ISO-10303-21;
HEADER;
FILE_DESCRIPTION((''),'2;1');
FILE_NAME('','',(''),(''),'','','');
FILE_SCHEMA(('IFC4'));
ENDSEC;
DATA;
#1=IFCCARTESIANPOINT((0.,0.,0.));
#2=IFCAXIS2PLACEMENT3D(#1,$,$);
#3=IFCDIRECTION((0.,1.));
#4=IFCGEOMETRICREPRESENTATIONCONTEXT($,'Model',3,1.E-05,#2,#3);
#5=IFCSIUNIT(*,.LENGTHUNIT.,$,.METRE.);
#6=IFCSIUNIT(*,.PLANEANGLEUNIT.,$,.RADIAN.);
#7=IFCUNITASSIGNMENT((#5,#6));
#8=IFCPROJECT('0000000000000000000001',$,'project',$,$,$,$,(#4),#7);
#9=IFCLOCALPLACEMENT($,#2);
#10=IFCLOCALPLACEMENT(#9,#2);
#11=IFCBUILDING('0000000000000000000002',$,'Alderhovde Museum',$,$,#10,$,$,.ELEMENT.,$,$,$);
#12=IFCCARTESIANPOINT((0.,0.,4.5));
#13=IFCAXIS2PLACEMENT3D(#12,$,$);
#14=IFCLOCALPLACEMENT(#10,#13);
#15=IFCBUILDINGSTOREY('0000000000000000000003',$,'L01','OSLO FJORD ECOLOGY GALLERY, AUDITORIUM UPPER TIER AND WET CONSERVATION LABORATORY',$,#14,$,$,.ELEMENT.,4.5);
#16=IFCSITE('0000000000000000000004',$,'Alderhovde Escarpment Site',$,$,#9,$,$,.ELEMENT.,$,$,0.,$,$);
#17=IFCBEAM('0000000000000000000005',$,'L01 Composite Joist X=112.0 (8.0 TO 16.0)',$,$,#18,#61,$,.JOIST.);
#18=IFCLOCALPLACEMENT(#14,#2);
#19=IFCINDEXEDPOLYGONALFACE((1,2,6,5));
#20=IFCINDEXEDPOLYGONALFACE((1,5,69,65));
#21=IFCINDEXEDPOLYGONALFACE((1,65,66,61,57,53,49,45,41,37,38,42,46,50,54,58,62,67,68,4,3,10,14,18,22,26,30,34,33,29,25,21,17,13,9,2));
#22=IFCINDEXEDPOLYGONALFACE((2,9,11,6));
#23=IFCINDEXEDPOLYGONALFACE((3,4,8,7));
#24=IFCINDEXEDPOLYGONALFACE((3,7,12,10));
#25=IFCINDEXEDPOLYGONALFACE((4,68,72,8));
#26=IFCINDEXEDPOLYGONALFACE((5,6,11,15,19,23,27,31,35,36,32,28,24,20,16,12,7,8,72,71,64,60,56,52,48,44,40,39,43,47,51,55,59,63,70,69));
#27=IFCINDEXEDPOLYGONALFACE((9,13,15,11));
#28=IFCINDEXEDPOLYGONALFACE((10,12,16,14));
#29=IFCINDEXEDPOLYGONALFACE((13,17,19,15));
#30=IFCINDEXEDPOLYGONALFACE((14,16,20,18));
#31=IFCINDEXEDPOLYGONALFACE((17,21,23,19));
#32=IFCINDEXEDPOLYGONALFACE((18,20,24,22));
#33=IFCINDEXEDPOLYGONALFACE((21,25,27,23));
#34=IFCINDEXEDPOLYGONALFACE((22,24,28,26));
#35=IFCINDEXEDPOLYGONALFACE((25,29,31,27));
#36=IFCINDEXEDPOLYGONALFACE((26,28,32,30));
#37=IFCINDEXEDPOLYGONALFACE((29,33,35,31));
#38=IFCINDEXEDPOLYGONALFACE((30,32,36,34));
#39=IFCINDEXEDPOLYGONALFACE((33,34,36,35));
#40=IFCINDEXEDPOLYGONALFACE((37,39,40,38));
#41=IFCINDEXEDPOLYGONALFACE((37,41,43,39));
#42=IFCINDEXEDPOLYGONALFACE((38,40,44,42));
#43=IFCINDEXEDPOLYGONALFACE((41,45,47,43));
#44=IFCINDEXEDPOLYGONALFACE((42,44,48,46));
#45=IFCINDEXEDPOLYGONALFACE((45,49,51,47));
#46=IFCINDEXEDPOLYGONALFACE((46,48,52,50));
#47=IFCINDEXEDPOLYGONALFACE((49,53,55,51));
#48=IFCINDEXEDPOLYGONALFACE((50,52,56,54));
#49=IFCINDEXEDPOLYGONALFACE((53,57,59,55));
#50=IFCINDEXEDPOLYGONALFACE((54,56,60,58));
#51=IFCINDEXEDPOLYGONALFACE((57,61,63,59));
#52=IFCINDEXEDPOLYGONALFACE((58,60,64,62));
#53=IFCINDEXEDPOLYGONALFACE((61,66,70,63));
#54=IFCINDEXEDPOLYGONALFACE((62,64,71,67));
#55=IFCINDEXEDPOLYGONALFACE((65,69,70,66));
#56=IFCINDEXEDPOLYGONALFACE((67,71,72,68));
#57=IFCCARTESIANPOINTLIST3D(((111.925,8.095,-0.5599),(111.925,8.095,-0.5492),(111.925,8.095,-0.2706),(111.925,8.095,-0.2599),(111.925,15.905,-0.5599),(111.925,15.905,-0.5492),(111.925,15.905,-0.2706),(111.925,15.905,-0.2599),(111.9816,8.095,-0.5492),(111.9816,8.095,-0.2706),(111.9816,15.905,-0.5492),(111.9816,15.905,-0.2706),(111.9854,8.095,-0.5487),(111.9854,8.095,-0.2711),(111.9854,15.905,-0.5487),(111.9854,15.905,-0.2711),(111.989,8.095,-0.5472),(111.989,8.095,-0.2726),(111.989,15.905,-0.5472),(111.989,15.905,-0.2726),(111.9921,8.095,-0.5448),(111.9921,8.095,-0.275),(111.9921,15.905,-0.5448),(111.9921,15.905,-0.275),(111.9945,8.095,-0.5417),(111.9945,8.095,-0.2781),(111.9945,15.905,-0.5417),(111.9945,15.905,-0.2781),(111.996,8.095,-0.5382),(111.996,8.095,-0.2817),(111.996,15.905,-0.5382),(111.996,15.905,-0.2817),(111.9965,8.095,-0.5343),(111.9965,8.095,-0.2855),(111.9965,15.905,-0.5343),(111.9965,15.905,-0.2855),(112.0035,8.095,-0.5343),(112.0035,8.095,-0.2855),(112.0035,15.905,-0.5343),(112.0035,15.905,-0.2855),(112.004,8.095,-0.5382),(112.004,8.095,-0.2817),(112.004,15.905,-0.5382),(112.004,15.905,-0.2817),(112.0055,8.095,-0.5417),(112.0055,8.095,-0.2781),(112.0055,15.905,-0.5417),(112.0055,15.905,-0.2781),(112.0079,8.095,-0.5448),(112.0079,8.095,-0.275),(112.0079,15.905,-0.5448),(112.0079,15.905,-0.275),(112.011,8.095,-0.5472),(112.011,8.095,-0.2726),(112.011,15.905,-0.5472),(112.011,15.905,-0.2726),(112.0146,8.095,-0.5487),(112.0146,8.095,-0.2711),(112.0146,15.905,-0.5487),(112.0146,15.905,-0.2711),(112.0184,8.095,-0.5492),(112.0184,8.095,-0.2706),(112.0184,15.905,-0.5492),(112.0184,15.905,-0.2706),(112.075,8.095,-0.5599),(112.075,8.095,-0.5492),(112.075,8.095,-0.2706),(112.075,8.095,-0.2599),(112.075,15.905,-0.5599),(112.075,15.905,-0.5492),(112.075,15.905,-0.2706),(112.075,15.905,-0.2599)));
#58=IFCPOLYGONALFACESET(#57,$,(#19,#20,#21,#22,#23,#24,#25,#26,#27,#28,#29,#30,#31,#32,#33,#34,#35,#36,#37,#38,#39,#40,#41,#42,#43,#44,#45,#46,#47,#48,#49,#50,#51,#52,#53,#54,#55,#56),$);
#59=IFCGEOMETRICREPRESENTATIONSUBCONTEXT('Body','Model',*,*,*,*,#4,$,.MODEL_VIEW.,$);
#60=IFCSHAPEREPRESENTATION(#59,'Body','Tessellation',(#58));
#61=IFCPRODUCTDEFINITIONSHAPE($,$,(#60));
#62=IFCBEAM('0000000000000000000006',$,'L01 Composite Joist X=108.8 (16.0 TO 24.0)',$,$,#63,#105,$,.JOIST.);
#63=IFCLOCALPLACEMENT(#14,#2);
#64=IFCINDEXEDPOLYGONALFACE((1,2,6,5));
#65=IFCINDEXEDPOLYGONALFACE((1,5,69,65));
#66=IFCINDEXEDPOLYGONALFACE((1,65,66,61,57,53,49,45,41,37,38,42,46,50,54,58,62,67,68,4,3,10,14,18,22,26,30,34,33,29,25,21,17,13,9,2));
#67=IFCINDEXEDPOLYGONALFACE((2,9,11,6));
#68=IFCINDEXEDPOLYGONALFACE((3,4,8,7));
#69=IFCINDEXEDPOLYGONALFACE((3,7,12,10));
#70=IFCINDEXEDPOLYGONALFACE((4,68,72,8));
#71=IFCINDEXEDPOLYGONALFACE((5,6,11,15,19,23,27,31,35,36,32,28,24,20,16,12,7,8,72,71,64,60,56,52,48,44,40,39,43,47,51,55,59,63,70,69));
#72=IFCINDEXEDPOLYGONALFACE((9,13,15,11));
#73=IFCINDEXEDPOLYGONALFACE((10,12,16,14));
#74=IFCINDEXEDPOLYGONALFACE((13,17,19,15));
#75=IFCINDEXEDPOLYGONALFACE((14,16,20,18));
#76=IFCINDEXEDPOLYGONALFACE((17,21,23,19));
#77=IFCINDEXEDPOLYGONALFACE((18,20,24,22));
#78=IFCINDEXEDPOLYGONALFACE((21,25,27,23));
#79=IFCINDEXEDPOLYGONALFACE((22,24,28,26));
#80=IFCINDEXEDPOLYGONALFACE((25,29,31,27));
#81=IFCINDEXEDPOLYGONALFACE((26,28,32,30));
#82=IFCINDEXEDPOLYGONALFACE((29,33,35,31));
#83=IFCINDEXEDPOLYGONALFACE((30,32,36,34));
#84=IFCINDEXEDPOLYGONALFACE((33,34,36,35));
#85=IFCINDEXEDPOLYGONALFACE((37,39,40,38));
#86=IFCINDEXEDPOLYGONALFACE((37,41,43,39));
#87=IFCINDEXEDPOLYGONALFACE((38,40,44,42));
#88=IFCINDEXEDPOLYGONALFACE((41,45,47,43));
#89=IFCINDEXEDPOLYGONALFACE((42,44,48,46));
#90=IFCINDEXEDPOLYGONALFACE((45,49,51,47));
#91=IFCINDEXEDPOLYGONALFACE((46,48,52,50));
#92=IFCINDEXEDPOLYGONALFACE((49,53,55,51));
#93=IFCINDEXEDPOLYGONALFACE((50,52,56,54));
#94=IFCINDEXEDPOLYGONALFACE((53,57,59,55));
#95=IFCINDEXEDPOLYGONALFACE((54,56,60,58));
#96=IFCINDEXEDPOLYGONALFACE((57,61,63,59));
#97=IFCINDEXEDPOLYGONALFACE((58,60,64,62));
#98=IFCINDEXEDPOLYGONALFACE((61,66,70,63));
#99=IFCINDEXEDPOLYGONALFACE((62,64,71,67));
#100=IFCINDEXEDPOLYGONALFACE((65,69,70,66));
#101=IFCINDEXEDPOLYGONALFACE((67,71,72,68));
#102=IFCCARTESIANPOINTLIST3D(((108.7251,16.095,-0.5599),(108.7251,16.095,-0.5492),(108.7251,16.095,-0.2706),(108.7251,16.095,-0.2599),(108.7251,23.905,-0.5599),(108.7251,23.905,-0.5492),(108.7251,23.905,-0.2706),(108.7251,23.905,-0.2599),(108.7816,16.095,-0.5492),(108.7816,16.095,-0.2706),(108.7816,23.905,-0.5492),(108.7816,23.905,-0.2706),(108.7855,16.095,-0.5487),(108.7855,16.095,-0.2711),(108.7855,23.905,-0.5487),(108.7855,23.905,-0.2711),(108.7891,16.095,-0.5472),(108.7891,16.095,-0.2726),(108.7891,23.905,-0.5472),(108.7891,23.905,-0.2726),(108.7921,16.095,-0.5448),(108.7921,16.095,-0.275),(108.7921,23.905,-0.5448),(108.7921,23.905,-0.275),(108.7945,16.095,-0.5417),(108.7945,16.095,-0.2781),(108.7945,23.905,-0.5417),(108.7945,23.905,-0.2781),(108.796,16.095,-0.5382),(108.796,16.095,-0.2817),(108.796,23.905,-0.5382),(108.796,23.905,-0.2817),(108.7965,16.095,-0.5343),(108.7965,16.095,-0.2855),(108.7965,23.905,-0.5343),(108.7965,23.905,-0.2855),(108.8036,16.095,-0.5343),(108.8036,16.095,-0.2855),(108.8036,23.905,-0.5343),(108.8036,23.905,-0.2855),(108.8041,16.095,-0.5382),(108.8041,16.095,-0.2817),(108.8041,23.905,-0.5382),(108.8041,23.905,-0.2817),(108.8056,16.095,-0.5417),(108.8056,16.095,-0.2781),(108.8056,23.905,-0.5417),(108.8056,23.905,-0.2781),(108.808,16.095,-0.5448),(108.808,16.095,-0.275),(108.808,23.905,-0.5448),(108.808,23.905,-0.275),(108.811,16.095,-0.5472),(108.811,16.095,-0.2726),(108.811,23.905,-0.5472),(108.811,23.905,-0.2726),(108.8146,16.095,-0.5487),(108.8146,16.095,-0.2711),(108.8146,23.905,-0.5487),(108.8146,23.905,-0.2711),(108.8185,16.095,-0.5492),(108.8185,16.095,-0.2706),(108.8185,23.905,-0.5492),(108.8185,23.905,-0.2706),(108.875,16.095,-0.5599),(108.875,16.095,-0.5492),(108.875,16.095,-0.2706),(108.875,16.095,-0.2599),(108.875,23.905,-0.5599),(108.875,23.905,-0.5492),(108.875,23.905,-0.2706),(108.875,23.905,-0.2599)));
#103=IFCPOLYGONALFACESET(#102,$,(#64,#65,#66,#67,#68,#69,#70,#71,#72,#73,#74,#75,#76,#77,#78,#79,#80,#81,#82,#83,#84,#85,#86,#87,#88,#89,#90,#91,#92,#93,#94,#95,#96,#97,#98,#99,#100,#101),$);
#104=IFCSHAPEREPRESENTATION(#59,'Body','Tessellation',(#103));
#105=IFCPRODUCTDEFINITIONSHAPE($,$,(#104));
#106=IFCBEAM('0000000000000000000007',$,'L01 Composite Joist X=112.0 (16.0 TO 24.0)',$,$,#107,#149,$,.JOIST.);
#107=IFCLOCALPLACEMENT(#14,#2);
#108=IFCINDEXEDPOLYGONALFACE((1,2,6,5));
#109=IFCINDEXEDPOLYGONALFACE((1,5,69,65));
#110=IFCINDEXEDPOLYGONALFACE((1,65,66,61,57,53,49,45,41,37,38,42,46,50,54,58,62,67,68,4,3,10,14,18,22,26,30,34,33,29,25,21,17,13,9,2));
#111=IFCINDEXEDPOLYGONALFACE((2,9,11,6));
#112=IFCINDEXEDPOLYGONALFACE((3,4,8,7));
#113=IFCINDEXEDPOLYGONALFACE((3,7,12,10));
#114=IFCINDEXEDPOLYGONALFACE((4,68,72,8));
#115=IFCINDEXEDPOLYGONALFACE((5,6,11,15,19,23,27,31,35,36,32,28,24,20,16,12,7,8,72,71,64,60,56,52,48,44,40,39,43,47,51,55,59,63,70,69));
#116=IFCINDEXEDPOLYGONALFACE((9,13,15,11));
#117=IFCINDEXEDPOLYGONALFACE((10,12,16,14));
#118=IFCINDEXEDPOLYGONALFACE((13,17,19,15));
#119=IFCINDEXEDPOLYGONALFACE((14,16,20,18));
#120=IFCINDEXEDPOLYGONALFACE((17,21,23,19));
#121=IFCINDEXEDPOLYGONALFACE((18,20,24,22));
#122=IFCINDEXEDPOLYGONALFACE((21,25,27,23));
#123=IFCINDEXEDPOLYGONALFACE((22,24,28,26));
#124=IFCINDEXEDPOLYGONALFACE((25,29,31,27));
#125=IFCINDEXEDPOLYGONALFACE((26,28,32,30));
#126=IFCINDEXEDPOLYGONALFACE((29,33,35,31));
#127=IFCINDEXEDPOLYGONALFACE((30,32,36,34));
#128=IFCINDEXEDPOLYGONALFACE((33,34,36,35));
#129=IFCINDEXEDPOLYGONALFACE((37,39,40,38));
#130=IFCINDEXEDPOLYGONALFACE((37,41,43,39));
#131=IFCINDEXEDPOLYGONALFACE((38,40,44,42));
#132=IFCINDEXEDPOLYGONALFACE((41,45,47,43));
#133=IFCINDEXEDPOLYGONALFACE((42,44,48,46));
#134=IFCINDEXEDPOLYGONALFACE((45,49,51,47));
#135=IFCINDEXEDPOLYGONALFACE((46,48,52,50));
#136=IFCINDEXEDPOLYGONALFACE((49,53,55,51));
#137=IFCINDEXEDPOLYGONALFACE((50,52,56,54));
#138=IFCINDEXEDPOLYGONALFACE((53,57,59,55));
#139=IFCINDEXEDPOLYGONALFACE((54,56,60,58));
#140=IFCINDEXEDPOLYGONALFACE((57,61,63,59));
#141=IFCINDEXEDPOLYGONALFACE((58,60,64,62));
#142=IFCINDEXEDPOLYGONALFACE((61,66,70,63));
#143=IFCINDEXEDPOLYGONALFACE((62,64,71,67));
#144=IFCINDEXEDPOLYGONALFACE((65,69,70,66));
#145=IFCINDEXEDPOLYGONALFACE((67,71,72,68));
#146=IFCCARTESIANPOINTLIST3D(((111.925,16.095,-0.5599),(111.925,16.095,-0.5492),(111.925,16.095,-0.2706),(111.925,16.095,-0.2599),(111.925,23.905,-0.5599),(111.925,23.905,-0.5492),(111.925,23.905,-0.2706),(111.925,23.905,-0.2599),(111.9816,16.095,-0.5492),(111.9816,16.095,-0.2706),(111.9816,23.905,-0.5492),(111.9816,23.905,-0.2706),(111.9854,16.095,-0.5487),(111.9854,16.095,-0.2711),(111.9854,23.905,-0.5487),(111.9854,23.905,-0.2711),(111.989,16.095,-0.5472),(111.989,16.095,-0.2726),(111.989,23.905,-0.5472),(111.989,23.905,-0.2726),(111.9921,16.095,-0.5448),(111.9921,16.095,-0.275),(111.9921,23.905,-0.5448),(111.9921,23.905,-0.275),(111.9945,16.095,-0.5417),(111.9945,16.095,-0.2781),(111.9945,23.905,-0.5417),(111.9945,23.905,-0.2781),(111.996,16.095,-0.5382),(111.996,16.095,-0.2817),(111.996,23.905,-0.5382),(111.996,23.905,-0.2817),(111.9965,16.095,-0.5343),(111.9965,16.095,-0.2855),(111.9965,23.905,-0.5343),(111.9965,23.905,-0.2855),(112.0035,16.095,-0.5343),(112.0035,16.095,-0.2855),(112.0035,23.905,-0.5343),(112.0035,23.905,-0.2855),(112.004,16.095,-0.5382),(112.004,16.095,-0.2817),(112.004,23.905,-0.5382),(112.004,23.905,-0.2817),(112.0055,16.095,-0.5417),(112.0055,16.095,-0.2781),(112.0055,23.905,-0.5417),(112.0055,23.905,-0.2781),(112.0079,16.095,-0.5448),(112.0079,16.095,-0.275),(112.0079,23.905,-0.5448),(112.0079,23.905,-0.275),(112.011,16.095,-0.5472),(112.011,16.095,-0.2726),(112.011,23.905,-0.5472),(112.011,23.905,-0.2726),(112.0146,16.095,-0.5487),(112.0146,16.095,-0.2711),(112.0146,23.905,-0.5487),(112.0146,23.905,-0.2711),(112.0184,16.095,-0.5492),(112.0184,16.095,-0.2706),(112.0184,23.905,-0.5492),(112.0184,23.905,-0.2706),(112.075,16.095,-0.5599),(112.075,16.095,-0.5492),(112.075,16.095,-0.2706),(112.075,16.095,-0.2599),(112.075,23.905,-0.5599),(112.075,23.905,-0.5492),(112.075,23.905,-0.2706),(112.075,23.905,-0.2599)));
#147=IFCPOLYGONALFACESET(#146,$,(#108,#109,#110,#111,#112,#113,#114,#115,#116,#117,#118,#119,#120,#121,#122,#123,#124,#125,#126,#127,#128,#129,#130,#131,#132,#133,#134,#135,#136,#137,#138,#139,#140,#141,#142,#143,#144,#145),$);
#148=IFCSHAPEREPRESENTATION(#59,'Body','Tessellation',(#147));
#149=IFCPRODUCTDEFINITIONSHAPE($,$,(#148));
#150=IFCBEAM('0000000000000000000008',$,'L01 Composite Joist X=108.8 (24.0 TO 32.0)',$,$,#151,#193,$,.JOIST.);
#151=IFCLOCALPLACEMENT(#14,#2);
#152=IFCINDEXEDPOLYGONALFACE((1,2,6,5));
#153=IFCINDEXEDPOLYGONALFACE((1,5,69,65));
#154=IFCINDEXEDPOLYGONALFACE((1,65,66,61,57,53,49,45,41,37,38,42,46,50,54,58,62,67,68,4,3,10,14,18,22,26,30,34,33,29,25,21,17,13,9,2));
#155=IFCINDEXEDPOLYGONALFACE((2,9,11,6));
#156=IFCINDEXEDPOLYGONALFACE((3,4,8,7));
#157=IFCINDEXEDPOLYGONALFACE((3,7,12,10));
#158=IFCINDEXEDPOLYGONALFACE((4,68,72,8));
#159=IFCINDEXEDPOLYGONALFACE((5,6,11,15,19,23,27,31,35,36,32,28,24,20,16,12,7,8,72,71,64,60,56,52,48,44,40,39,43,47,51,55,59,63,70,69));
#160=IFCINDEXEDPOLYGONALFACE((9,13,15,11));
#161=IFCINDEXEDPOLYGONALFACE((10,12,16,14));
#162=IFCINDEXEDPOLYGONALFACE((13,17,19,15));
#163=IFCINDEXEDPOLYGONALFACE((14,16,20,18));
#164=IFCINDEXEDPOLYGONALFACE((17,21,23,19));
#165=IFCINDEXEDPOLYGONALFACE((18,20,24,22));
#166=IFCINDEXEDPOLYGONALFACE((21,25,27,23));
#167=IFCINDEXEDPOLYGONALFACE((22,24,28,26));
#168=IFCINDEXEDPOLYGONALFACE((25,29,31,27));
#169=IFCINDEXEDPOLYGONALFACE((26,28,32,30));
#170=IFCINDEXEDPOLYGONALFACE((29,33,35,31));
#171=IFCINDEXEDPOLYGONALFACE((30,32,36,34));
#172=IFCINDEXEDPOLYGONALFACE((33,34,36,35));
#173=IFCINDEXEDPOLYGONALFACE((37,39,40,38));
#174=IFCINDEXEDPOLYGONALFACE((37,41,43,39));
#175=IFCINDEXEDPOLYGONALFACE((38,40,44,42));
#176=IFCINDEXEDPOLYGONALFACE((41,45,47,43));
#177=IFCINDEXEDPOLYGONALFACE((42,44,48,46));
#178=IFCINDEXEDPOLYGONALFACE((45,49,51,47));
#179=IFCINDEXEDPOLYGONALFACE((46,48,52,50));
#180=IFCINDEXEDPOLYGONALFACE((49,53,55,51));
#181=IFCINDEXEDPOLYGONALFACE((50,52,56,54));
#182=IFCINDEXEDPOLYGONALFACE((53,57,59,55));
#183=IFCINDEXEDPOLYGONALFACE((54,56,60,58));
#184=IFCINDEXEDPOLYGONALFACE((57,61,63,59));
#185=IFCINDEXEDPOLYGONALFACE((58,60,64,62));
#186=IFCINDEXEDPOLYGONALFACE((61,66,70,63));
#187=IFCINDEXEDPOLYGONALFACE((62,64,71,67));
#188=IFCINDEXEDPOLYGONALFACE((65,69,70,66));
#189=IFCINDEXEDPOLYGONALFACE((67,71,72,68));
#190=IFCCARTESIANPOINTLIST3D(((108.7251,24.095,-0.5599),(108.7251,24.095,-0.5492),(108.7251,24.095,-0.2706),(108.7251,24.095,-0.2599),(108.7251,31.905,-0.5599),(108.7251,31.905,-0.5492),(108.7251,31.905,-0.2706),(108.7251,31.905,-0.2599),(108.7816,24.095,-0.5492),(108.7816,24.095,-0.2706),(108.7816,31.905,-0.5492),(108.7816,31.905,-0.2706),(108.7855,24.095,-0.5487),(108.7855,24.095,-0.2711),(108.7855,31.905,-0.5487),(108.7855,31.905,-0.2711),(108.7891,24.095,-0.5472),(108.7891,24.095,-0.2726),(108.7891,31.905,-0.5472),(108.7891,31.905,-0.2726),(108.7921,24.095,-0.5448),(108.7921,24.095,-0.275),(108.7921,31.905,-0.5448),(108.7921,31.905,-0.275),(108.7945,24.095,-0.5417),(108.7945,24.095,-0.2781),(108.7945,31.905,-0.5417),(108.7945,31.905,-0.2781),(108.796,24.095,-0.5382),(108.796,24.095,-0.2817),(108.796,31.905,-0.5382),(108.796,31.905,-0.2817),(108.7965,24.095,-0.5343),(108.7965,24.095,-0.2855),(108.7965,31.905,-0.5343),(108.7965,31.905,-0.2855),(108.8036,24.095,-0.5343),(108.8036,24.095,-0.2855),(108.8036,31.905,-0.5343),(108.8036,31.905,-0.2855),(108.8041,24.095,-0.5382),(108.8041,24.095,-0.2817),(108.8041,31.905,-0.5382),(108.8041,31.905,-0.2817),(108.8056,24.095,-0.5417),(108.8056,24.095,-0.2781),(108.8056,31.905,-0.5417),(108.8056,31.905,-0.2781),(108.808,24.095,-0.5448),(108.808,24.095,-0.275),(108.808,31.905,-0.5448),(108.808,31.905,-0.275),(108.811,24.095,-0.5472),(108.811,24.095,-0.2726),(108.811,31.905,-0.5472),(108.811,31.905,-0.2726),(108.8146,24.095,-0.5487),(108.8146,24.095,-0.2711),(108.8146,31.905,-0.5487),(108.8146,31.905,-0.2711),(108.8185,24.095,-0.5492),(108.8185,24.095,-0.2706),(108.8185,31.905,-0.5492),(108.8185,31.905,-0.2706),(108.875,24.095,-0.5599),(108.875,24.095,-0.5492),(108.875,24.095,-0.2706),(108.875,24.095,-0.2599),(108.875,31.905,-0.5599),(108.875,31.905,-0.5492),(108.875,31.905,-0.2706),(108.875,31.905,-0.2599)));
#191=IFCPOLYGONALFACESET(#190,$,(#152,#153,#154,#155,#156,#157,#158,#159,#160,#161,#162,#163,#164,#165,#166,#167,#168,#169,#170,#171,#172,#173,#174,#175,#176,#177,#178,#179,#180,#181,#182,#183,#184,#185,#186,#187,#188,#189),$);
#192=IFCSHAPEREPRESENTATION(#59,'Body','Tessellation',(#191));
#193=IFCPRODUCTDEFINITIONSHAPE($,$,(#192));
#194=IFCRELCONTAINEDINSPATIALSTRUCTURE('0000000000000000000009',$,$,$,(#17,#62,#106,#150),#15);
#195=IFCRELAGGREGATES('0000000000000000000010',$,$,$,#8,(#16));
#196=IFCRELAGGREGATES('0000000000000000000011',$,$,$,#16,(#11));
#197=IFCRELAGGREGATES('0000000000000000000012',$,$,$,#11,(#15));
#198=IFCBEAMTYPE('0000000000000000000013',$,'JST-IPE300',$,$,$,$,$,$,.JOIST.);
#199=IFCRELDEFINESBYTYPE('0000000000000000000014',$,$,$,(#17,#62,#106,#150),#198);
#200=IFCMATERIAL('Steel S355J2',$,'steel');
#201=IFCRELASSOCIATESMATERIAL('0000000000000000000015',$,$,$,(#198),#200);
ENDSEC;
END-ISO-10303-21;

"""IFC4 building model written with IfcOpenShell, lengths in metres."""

from ifc_helpers import new_model, si_unit, direction, frame, origin, origin_2d, place, context, subcontext, project, spatial, i_section, extrude, material, material_profile, profile_set, type_object, element, save


model = new_model("IFC4")

# Units and contexts
model_context = context("Model", 3, precision=1e-05, world=origin(), true_north=direction((0.0, 1.0)))
body_context = subcontext(model_context, "Body", "Model", "MODEL_VIEW")
ifc_project = project(units=[si_unit("LENGTHUNIT", "METRE"), si_unit("PLANEANGLEUNIT", "RADIAN")], contexts=[model_context])

# Site, building, storey
site_placement = place(None, origin())
site = spatial("IfcSite", under=ifc_project, at=site_placement, Name="Alderhovde Escarpment Site", CompositionType="ELEMENT", RefElevation=0.0)
building_placement = place(site_placement, origin())
building = spatial("IfcBuilding", under=site, at=building_placement, Name="Alderhovde Museum", CompositionType="ELEMENT")
storey_placement = place(building_placement, frame((0.0, 0.0, 4.5)))
storey = spatial("IfcBuildingStorey", under=building, at=storey_placement, Name="L01", Description="OSLO FJORD ECOLOGY GALLERY, AUDITORIUM UPPER TIER AND WET CONSERVATION LABORATORY", CompositionType="ELEMENT", Elevation=4.5)

# Beams
ifc_material_1 = material(Name="Steel S355J2", Category="steel")
ifc_material_profile_1 = material_profile(ifc_material_1, i_section(OverallWidth=0.1499, OverallDepth=0.3, WebThickness=0.0071, FlangeThickness=0.0107, FilletRadius=0.0149, at=origin_2d()), Name="IPE 300")
ifc_profile_set_1 = profile_set([ifc_material_profile_1], Name="Steel S355J2")
beam_type_1 = type_object("IfcBeamType", Name="JST-IPE300", PredefinedType="JOIST", material=ifc_profile_set_1)
for number, where, z_axis, x_axis, name in (
    (1, (112.0, 8.095, -0.4099), (0.0, 1.0, 0.0), (-1.0, 0.0, 0.0), "L01 Composite Joist X=112.0 (8.0 TO 16.0)"),
    (2, (108.8, 16.095, -0.4099), (0.0, 1.0, 0.0), (-1.0, 0.0, 0.0), "L01 Composite Joist X=108.8 (16.0 TO 24.0)"),
    (3, (112.0, 16.095, -0.4099), (0.0, 1.0, 0.0), (-1.0, 0.0, 0.0), "L01 Composite Joist X=112.0 (16.0 TO 24.0)"),
    (4, (108.8, 24.095, -0.4099), (0.0, 1.0, 0.0), (-1.0, 0.0, 0.0), "L01 Composite Joist X=108.8 (24.0 TO 32.0)"),
):
    element("IfcBeam", number, at=place(storey_placement, frame(where, z_axis=z_axis, x_axis=x_axis)), inside=storey, type_object=beam_type_1, Name=name, PredefinedType="JOIST", context=body_context, shape_type="SweptSolid", body=[
        extrude(i_section(OverallWidth=0.1499, OverallDepth=0.3, WebThickness=0.0071, FlangeThickness=0.0107, FilletRadius=0.0149, at=origin_2d()), origin(), (0.0, 0.0, 1.0), 7.8101),
    ])

save(model, "model.ifc")
